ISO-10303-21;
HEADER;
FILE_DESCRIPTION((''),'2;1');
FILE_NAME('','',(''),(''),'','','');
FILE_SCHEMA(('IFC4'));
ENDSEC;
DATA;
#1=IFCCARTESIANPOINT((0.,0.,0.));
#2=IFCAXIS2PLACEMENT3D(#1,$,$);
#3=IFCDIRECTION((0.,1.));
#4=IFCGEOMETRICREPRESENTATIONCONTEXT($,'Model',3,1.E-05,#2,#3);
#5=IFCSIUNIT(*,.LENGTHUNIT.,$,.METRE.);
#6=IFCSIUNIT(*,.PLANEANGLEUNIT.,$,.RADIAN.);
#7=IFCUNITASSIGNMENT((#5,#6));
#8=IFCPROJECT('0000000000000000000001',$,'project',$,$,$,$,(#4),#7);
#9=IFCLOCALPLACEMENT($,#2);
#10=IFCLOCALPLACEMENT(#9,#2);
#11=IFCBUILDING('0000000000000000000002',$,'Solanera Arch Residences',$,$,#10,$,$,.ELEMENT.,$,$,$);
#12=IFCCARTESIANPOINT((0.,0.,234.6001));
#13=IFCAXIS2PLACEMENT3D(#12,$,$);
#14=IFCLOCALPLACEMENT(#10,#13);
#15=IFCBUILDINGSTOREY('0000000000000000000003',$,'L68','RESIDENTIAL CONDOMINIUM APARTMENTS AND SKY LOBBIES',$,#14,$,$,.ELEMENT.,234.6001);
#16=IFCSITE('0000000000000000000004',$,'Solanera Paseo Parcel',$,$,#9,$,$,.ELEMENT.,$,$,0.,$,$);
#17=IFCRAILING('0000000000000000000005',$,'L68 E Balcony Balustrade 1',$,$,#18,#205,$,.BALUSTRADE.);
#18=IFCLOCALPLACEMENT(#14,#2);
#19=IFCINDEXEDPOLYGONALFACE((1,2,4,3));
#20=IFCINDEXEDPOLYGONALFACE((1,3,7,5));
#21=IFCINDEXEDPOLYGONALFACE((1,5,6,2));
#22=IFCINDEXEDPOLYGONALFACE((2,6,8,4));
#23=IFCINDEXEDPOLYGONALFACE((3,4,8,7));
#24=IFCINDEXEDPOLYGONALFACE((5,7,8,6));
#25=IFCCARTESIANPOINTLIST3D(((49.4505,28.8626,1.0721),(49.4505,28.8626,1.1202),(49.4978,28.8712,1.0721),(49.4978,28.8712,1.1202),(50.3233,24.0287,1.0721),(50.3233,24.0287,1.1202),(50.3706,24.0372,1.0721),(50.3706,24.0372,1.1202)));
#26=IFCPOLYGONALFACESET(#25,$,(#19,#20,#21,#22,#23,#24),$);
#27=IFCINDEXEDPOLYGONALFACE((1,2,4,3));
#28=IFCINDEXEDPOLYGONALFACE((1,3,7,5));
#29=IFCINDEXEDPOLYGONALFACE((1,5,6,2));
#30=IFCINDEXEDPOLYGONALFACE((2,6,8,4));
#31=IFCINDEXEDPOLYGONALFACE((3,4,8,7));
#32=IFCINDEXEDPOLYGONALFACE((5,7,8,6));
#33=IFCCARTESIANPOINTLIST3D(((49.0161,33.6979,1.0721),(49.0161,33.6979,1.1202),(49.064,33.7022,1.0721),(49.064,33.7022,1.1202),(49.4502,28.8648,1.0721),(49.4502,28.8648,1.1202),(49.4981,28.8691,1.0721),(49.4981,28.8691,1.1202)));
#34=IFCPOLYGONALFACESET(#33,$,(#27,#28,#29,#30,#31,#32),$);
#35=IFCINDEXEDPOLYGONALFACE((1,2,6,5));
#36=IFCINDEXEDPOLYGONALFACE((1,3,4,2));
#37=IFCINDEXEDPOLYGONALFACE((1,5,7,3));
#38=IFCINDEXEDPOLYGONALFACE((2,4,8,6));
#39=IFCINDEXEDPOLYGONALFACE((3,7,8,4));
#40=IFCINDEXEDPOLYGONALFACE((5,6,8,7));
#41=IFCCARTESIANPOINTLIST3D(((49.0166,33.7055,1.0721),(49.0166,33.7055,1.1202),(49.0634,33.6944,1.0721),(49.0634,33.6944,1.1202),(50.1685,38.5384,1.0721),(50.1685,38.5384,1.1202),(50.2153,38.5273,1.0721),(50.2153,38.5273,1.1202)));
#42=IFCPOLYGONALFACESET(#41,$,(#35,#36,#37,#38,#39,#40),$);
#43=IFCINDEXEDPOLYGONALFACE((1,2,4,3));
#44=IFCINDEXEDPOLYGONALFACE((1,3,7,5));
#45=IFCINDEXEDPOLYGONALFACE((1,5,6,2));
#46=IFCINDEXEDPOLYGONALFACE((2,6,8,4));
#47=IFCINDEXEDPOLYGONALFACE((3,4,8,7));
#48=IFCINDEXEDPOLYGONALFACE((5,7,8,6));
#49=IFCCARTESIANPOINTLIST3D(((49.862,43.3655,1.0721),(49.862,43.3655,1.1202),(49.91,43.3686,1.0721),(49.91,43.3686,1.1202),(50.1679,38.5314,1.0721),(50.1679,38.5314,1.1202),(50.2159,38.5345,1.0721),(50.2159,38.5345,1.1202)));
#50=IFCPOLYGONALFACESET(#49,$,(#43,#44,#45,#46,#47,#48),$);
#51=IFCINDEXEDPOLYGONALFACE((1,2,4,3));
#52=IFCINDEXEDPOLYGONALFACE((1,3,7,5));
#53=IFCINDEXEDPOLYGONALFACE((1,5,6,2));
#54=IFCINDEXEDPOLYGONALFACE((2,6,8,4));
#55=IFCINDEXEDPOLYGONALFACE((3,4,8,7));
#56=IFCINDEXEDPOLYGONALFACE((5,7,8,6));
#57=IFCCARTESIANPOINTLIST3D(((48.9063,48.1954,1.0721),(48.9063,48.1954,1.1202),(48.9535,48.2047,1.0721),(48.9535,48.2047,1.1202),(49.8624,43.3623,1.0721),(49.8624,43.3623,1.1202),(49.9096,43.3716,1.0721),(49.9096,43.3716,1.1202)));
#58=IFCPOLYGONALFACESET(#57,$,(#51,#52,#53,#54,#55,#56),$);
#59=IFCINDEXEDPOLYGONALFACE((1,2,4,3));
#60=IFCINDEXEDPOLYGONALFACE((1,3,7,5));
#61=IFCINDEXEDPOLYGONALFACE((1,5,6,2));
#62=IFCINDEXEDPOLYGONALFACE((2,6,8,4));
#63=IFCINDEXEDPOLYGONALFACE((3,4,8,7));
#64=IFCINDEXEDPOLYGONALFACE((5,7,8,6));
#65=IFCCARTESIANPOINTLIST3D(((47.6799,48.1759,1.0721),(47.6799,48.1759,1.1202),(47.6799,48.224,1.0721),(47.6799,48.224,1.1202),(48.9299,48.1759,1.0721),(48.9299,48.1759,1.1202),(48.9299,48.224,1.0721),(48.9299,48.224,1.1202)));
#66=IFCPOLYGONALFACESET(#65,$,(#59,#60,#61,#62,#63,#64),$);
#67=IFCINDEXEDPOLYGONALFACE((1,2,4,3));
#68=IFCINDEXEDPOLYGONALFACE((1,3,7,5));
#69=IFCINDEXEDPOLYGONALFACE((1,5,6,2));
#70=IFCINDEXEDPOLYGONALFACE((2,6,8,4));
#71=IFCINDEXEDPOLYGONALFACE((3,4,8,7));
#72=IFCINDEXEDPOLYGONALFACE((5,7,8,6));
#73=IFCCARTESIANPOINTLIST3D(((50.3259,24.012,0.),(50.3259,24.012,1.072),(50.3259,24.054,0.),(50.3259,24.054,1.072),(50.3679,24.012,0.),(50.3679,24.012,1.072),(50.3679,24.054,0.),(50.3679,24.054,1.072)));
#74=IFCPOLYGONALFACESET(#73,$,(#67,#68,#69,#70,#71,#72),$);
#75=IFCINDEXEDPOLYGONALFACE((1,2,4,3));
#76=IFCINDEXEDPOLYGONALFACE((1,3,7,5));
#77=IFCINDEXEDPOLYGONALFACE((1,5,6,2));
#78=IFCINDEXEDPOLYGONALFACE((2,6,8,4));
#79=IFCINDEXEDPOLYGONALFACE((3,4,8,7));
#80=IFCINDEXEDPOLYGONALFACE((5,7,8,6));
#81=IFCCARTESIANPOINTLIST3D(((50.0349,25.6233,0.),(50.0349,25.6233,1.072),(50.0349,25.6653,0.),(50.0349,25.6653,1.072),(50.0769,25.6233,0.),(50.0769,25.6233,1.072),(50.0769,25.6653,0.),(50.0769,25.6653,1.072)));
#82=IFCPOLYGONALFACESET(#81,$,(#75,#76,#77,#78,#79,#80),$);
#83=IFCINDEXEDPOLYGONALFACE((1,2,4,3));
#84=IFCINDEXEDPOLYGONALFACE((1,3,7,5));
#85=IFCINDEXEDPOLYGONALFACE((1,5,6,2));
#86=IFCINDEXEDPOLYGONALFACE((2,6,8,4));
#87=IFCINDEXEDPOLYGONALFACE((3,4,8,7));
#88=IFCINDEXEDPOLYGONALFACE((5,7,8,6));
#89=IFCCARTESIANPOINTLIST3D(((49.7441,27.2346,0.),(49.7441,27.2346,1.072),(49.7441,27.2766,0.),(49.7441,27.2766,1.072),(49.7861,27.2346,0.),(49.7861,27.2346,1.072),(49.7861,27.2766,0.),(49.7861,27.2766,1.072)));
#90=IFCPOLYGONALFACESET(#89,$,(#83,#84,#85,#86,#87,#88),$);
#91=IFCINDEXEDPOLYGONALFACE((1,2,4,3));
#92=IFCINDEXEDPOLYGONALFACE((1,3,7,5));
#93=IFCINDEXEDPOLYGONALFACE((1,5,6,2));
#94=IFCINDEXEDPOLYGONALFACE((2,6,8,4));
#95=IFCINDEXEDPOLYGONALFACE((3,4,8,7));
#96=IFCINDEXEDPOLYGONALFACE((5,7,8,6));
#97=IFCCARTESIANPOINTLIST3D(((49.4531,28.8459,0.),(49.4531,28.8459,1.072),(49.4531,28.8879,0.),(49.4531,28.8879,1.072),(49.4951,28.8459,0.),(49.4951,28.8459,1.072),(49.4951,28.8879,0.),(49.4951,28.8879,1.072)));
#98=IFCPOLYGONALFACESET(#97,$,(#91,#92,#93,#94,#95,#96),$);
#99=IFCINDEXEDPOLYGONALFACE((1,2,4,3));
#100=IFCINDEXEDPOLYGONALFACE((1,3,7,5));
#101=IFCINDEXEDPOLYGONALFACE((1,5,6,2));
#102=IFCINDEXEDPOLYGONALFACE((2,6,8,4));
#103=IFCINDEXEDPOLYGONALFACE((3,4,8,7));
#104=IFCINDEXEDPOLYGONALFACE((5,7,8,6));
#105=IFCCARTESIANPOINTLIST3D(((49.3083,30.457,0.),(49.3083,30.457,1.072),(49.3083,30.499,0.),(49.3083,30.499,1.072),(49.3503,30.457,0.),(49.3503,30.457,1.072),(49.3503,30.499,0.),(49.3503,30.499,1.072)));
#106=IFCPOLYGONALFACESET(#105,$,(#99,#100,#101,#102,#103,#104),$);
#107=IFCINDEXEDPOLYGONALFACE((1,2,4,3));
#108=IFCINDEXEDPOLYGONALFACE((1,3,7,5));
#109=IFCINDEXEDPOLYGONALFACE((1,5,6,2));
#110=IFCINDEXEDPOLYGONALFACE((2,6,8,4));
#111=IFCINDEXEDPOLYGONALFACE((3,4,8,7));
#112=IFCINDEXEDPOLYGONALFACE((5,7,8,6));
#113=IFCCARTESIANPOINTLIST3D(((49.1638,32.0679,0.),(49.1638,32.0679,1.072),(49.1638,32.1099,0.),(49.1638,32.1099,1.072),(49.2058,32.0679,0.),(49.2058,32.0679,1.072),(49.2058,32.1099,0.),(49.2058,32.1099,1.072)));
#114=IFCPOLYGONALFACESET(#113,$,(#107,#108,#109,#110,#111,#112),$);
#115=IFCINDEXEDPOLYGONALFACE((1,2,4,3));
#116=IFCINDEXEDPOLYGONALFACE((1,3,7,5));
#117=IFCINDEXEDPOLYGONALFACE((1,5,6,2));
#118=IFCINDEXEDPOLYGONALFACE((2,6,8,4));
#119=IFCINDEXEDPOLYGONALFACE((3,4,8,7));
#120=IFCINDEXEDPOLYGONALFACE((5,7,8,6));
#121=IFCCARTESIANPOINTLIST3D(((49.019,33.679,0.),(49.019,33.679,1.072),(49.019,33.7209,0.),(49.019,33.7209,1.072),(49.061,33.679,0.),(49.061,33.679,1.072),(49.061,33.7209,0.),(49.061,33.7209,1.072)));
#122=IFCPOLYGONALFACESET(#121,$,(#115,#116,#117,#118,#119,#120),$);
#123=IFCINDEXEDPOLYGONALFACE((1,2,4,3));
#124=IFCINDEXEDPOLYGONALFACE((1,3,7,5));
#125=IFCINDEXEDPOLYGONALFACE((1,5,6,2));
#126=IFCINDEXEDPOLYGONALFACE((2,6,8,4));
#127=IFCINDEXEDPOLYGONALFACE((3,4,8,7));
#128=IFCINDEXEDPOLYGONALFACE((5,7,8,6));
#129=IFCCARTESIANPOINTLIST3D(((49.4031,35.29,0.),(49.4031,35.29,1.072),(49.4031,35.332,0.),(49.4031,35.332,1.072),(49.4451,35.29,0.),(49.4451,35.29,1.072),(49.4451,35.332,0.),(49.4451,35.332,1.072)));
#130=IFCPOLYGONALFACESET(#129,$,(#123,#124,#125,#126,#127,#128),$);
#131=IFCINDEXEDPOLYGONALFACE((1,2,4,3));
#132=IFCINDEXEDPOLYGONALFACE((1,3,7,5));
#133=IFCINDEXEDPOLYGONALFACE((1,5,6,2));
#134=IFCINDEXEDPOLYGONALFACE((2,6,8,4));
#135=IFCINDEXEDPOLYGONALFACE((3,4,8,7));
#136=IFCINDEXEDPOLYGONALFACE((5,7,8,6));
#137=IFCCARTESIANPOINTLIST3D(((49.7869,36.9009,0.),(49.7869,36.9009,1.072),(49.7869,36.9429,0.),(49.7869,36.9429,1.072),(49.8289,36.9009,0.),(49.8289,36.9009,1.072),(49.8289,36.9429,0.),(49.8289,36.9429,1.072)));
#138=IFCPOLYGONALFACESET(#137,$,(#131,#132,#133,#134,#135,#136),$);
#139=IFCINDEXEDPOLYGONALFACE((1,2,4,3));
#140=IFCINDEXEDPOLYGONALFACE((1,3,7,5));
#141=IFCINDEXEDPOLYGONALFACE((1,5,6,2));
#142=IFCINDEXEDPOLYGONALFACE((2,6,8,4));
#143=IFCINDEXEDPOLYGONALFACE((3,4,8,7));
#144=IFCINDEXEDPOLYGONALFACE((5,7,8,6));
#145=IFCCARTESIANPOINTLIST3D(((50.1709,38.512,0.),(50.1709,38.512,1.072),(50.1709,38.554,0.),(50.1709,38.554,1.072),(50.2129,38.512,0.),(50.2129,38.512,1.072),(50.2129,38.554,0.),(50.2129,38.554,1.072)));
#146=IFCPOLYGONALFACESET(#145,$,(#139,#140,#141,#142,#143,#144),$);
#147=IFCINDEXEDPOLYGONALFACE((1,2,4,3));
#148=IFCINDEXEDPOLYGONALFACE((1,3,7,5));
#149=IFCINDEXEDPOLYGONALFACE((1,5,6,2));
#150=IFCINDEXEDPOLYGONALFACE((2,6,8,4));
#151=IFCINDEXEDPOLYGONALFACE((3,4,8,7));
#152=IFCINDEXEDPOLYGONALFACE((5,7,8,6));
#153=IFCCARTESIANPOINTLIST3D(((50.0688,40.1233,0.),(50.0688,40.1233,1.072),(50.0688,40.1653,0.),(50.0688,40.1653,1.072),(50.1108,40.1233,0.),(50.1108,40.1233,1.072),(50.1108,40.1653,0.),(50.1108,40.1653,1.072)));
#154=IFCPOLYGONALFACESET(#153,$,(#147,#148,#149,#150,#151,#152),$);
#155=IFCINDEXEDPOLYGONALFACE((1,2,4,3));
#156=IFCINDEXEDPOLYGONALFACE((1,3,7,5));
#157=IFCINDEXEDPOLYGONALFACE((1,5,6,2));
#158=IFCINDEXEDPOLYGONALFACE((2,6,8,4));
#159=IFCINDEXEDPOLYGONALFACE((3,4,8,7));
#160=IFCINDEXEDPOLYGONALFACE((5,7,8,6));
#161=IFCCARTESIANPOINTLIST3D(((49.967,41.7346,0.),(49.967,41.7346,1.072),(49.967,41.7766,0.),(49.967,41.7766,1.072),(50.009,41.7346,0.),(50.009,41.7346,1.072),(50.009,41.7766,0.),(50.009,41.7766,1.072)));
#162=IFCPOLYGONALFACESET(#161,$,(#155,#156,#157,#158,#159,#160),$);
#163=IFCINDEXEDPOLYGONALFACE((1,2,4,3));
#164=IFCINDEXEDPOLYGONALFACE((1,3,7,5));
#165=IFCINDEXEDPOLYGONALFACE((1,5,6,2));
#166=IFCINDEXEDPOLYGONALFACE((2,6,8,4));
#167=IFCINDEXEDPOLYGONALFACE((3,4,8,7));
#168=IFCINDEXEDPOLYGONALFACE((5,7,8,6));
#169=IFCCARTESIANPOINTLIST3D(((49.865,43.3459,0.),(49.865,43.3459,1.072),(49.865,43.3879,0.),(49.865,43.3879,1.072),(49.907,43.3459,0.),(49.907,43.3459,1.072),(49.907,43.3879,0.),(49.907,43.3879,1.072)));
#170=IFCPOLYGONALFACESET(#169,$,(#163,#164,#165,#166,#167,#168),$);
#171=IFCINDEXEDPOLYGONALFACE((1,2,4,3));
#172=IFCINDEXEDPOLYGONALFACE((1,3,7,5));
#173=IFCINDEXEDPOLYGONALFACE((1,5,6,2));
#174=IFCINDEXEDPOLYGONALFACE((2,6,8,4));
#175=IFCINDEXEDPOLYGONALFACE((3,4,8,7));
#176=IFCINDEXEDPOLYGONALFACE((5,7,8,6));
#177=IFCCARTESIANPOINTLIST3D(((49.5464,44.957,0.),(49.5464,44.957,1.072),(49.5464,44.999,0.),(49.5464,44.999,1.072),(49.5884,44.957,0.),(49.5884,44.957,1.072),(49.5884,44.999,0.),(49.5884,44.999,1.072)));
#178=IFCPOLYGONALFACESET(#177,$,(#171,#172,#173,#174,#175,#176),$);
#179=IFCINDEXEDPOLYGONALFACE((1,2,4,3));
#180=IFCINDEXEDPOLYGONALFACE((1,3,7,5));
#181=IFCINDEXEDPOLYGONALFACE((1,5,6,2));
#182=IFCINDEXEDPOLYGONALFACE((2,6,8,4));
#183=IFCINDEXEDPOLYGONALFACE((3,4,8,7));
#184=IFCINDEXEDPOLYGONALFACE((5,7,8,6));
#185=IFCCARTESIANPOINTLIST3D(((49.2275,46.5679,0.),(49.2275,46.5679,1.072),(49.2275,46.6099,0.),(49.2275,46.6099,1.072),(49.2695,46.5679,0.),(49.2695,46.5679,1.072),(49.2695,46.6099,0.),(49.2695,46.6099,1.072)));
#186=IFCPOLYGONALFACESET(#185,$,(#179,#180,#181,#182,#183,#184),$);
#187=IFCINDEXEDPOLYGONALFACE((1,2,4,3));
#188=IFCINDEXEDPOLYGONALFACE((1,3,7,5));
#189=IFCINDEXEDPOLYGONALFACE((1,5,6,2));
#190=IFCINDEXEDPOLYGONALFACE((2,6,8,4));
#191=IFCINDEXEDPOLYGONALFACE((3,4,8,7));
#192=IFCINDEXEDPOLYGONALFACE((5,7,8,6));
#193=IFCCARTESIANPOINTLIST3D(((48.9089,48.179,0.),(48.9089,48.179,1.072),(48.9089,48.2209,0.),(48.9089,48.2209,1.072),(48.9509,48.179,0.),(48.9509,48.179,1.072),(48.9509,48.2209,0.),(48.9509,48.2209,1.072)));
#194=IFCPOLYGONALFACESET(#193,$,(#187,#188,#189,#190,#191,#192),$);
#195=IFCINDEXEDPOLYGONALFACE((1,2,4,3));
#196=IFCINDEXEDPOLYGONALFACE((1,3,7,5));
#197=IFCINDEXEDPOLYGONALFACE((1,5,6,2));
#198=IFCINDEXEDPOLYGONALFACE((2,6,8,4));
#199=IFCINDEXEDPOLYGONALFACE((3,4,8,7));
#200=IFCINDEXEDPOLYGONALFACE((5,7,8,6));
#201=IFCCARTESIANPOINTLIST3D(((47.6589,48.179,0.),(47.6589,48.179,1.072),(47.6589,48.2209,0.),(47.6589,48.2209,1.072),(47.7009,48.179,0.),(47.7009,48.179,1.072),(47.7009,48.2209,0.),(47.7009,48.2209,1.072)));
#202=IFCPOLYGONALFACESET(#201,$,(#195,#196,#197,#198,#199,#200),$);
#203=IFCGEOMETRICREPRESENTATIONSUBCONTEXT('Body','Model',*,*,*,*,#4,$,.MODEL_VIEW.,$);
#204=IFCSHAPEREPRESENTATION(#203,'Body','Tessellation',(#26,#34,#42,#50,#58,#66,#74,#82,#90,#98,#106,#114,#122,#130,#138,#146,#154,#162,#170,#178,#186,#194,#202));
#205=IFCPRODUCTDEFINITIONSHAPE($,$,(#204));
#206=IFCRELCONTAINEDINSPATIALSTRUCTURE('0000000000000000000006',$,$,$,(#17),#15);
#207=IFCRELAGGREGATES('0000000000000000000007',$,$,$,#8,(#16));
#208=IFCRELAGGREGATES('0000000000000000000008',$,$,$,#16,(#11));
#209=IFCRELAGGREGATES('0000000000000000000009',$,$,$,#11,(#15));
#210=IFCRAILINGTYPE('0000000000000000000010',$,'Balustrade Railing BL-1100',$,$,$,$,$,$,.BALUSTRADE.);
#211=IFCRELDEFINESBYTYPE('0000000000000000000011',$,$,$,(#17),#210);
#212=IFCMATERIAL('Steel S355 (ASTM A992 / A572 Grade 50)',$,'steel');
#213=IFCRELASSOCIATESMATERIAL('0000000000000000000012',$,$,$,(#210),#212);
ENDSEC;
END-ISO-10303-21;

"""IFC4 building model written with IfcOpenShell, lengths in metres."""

from ifc_helpers import new_model, si_unit, direction, frame, origin, origin_2d, place, context, subcontext, project, spatial, rectangle, extrude, material, type_object, element, save


model = new_model("IFC4")

# Units and contexts
model_context = context("Model", 3, precision=1e-05, world=origin(), true_north=direction((0.0, 1.0)))
body_context = subcontext(model_context, "Body", "Model", "MODEL_VIEW")
ifc_project = project(units=[si_unit("LENGTHUNIT", "METRE"), si_unit("PLANEANGLEUNIT", "RADIAN")], contexts=[model_context])

# Site, building, storey
site_placement = place(None, origin())
site = spatial("IfcSite", under=ifc_project, at=site_placement, Name="Solanera Paseo Parcel", CompositionType="ELEMENT", RefElevation=0.0)
building_placement = place(site_placement, origin())
building = spatial("IfcBuilding", under=site, at=building_placement, Name="Solanera Arch Residences", CompositionType="ELEMENT")
storey_placement = place(building_placement, frame((0.0, 0.0, 234.6001)))
storey = spatial("IfcBuildingStorey", under=building, at=storey_placement, Name="L68", Description="RESIDENTIAL CONDOMINIUM APARTMENTS AND SKY LOBBIES", CompositionType="ELEMENT", Elevation=234.6001)

# Railing
ifc_material_1 = material(Name="Steel S355 (ASTM A992 / A572 Grade 50)", Category="steel")
railing_type = type_object("IfcRailingType", Name="Balustrade Railing BL-1100", PredefinedType="BALUSTRADE", material=ifc_material_1)
railing_1_placement = place(storey_placement, frame((50.3469, 24.033, 0.0)))
element("IfcRailing", 1, at=railing_1_placement, inside=storey, type_object=railing_type, Name="L68 E Balcony Balustrade 1", PredefinedType="BALUSTRADE", context=body_context, shape_type="SweptSolid", body=[
    extrude(rectangle(XDim=0.0481, YDim=0.0481, at=origin_2d()), frame((0.0, 0.0, 1.0962), z_axis=(-0.177683, 0.984088, 0.0), x_axis=(-0.984088, -0.177683, 0.0)), (0.0, 0.0, 1.0), 4.9121),
    extrude(rectangle(XDim=0.0481, YDim=0.0481, at=origin_2d()), frame((-0.8728, 4.834, 1.0962), z_axis=(-0.089456, 0.995991, 0.0), x_axis=(-0.995991, -0.089456, 0.0)), (0.0, 0.0, 1.0), 4.8525),
    extrude(rectangle(XDim=0.0481, YDim=0.0481, at=origin_2d()), frame((-1.3069, 9.667, 1.0962), z_axis=(0.231838, 0.972755, 0.0), x_axis=(-0.972755, 0.231838, 0.0)), (0.0, 0.0, 1.0), 4.9683),
    extrude(rectangle(XDim=0.0481, YDim=0.0481, at=origin_2d()), frame((-0.155, 14.5, 1.0962), z_axis=(-0.063156, 0.998004, 0.0), x_axis=(-0.998004, -0.063156, 0.0)), (0.0, 0.0, 1.0), 4.8438),
    extrude(rectangle(XDim=0.0481, YDim=0.0481, at=origin_2d()), frame((-0.4609, 19.334, 1.0962), z_axis=(-0.194057, 0.98099, 0.0), x_axis=(-0.98099, -0.194057, 0.0)), (0.0, 0.0, 1.0), 4.9268),
    extrude(rectangle(XDim=0.0481, YDim=0.0481, at=origin_2d()), frame((-1.417, 24.167, 1.0962), z_axis=(-1.0, 0.0, 0.0), x_axis=(0.0, -1.0, 0.0)), (0.0, 0.0, 1.0), 1.25),
    extrude(rectangle(XDim=0.042, YDim=0.042, at=origin_2d()), origin(), (0.0, 0.0, 1.0), 1.072),
    extrude(rectangle(XDim=0.042, YDim=0.042, at=origin_2d()), frame((-0.291, 1.6113, 0.0)), (0.0, 0.0, 1.0), 1.072),
    extrude(rectangle(XDim=0.042, YDim=0.042, at=origin_2d()), frame((-0.5818, 3.2227, 0.0)), (0.0, 0.0, 1.0), 1.072),
    extrude(rectangle(XDim=0.042, YDim=0.042, at=origin_2d()), frame((-0.8728, 4.834, 0.0)), (0.0, 0.0, 1.0), 1.072),
    extrude(rectangle(XDim=0.042, YDim=0.042, at=origin_2d()), frame((-1.0176, 6.4451, 0.0)), (0.0, 0.0, 1.0), 1.072),
    extrude(rectangle(XDim=0.042, YDim=0.042, at=origin_2d()), frame((-1.1621, 8.0559, 0.0)), (0.0, 0.0, 1.0), 1.072),
    extrude(rectangle(XDim=0.042, YDim=0.042, at=origin_2d()), frame((-1.3069, 9.667, 0.0)), (0.0, 0.0, 1.0), 1.072),
    extrude(rectangle(XDim=0.042, YDim=0.042, at=origin_2d()), frame((-0.9229, 11.2781, 0.0)), (0.0, 0.0, 1.0), 1.072),
    extrude(rectangle(XDim=0.042, YDim=0.042, at=origin_2d()), frame((-0.5391, 12.8889, 0.0)), (0.0, 0.0, 1.0), 1.072),
    extrude(rectangle(XDim=0.042, YDim=0.042, at=origin_2d()), frame((-0.155, 14.5, 0.0)), (0.0, 0.0, 1.0), 1.072),
    extrude(rectangle(XDim=0.042, YDim=0.042, at=origin_2d()), frame((-0.2571, 16.1113, 0.0)), (0.0, 0.0, 1.0), 1.072),
    extrude(rectangle(XDim=0.042, YDim=0.042, at=origin_2d()), frame((-0.3589, 17.7227, 0.0)), (0.0, 0.0, 1.0), 1.072),
    extrude(rectangle(XDim=0.042, YDim=0.042, at=origin_2d()), frame((-0.4609, 19.334, 0.0)), (0.0, 0.0, 1.0), 1.072),
    extrude(rectangle(XDim=0.042, YDim=0.042, at=origin_2d()), frame((-0.7795, 20.9451, 0.0)), (0.0, 0.0, 1.0), 1.072),
    extrude(rectangle(XDim=0.042, YDim=0.042, at=origin_2d()), frame((-1.0984, 22.5559, 0.0)), (0.0, 0.0, 1.0), 1.072),
    extrude(rectangle(XDim=0.042, YDim=0.042, at=origin_2d()), frame((-1.417, 24.167, 0.0)), (0.0, 0.0, 1.0), 1.072),
    extrude(rectangle(XDim=0.042, YDim=0.042, at=origin_2d()), frame((-2.667, 24.167, 0.0)), (0.0, 0.0, 1.0), 1.072),
])

save(model, "model.ifc")
